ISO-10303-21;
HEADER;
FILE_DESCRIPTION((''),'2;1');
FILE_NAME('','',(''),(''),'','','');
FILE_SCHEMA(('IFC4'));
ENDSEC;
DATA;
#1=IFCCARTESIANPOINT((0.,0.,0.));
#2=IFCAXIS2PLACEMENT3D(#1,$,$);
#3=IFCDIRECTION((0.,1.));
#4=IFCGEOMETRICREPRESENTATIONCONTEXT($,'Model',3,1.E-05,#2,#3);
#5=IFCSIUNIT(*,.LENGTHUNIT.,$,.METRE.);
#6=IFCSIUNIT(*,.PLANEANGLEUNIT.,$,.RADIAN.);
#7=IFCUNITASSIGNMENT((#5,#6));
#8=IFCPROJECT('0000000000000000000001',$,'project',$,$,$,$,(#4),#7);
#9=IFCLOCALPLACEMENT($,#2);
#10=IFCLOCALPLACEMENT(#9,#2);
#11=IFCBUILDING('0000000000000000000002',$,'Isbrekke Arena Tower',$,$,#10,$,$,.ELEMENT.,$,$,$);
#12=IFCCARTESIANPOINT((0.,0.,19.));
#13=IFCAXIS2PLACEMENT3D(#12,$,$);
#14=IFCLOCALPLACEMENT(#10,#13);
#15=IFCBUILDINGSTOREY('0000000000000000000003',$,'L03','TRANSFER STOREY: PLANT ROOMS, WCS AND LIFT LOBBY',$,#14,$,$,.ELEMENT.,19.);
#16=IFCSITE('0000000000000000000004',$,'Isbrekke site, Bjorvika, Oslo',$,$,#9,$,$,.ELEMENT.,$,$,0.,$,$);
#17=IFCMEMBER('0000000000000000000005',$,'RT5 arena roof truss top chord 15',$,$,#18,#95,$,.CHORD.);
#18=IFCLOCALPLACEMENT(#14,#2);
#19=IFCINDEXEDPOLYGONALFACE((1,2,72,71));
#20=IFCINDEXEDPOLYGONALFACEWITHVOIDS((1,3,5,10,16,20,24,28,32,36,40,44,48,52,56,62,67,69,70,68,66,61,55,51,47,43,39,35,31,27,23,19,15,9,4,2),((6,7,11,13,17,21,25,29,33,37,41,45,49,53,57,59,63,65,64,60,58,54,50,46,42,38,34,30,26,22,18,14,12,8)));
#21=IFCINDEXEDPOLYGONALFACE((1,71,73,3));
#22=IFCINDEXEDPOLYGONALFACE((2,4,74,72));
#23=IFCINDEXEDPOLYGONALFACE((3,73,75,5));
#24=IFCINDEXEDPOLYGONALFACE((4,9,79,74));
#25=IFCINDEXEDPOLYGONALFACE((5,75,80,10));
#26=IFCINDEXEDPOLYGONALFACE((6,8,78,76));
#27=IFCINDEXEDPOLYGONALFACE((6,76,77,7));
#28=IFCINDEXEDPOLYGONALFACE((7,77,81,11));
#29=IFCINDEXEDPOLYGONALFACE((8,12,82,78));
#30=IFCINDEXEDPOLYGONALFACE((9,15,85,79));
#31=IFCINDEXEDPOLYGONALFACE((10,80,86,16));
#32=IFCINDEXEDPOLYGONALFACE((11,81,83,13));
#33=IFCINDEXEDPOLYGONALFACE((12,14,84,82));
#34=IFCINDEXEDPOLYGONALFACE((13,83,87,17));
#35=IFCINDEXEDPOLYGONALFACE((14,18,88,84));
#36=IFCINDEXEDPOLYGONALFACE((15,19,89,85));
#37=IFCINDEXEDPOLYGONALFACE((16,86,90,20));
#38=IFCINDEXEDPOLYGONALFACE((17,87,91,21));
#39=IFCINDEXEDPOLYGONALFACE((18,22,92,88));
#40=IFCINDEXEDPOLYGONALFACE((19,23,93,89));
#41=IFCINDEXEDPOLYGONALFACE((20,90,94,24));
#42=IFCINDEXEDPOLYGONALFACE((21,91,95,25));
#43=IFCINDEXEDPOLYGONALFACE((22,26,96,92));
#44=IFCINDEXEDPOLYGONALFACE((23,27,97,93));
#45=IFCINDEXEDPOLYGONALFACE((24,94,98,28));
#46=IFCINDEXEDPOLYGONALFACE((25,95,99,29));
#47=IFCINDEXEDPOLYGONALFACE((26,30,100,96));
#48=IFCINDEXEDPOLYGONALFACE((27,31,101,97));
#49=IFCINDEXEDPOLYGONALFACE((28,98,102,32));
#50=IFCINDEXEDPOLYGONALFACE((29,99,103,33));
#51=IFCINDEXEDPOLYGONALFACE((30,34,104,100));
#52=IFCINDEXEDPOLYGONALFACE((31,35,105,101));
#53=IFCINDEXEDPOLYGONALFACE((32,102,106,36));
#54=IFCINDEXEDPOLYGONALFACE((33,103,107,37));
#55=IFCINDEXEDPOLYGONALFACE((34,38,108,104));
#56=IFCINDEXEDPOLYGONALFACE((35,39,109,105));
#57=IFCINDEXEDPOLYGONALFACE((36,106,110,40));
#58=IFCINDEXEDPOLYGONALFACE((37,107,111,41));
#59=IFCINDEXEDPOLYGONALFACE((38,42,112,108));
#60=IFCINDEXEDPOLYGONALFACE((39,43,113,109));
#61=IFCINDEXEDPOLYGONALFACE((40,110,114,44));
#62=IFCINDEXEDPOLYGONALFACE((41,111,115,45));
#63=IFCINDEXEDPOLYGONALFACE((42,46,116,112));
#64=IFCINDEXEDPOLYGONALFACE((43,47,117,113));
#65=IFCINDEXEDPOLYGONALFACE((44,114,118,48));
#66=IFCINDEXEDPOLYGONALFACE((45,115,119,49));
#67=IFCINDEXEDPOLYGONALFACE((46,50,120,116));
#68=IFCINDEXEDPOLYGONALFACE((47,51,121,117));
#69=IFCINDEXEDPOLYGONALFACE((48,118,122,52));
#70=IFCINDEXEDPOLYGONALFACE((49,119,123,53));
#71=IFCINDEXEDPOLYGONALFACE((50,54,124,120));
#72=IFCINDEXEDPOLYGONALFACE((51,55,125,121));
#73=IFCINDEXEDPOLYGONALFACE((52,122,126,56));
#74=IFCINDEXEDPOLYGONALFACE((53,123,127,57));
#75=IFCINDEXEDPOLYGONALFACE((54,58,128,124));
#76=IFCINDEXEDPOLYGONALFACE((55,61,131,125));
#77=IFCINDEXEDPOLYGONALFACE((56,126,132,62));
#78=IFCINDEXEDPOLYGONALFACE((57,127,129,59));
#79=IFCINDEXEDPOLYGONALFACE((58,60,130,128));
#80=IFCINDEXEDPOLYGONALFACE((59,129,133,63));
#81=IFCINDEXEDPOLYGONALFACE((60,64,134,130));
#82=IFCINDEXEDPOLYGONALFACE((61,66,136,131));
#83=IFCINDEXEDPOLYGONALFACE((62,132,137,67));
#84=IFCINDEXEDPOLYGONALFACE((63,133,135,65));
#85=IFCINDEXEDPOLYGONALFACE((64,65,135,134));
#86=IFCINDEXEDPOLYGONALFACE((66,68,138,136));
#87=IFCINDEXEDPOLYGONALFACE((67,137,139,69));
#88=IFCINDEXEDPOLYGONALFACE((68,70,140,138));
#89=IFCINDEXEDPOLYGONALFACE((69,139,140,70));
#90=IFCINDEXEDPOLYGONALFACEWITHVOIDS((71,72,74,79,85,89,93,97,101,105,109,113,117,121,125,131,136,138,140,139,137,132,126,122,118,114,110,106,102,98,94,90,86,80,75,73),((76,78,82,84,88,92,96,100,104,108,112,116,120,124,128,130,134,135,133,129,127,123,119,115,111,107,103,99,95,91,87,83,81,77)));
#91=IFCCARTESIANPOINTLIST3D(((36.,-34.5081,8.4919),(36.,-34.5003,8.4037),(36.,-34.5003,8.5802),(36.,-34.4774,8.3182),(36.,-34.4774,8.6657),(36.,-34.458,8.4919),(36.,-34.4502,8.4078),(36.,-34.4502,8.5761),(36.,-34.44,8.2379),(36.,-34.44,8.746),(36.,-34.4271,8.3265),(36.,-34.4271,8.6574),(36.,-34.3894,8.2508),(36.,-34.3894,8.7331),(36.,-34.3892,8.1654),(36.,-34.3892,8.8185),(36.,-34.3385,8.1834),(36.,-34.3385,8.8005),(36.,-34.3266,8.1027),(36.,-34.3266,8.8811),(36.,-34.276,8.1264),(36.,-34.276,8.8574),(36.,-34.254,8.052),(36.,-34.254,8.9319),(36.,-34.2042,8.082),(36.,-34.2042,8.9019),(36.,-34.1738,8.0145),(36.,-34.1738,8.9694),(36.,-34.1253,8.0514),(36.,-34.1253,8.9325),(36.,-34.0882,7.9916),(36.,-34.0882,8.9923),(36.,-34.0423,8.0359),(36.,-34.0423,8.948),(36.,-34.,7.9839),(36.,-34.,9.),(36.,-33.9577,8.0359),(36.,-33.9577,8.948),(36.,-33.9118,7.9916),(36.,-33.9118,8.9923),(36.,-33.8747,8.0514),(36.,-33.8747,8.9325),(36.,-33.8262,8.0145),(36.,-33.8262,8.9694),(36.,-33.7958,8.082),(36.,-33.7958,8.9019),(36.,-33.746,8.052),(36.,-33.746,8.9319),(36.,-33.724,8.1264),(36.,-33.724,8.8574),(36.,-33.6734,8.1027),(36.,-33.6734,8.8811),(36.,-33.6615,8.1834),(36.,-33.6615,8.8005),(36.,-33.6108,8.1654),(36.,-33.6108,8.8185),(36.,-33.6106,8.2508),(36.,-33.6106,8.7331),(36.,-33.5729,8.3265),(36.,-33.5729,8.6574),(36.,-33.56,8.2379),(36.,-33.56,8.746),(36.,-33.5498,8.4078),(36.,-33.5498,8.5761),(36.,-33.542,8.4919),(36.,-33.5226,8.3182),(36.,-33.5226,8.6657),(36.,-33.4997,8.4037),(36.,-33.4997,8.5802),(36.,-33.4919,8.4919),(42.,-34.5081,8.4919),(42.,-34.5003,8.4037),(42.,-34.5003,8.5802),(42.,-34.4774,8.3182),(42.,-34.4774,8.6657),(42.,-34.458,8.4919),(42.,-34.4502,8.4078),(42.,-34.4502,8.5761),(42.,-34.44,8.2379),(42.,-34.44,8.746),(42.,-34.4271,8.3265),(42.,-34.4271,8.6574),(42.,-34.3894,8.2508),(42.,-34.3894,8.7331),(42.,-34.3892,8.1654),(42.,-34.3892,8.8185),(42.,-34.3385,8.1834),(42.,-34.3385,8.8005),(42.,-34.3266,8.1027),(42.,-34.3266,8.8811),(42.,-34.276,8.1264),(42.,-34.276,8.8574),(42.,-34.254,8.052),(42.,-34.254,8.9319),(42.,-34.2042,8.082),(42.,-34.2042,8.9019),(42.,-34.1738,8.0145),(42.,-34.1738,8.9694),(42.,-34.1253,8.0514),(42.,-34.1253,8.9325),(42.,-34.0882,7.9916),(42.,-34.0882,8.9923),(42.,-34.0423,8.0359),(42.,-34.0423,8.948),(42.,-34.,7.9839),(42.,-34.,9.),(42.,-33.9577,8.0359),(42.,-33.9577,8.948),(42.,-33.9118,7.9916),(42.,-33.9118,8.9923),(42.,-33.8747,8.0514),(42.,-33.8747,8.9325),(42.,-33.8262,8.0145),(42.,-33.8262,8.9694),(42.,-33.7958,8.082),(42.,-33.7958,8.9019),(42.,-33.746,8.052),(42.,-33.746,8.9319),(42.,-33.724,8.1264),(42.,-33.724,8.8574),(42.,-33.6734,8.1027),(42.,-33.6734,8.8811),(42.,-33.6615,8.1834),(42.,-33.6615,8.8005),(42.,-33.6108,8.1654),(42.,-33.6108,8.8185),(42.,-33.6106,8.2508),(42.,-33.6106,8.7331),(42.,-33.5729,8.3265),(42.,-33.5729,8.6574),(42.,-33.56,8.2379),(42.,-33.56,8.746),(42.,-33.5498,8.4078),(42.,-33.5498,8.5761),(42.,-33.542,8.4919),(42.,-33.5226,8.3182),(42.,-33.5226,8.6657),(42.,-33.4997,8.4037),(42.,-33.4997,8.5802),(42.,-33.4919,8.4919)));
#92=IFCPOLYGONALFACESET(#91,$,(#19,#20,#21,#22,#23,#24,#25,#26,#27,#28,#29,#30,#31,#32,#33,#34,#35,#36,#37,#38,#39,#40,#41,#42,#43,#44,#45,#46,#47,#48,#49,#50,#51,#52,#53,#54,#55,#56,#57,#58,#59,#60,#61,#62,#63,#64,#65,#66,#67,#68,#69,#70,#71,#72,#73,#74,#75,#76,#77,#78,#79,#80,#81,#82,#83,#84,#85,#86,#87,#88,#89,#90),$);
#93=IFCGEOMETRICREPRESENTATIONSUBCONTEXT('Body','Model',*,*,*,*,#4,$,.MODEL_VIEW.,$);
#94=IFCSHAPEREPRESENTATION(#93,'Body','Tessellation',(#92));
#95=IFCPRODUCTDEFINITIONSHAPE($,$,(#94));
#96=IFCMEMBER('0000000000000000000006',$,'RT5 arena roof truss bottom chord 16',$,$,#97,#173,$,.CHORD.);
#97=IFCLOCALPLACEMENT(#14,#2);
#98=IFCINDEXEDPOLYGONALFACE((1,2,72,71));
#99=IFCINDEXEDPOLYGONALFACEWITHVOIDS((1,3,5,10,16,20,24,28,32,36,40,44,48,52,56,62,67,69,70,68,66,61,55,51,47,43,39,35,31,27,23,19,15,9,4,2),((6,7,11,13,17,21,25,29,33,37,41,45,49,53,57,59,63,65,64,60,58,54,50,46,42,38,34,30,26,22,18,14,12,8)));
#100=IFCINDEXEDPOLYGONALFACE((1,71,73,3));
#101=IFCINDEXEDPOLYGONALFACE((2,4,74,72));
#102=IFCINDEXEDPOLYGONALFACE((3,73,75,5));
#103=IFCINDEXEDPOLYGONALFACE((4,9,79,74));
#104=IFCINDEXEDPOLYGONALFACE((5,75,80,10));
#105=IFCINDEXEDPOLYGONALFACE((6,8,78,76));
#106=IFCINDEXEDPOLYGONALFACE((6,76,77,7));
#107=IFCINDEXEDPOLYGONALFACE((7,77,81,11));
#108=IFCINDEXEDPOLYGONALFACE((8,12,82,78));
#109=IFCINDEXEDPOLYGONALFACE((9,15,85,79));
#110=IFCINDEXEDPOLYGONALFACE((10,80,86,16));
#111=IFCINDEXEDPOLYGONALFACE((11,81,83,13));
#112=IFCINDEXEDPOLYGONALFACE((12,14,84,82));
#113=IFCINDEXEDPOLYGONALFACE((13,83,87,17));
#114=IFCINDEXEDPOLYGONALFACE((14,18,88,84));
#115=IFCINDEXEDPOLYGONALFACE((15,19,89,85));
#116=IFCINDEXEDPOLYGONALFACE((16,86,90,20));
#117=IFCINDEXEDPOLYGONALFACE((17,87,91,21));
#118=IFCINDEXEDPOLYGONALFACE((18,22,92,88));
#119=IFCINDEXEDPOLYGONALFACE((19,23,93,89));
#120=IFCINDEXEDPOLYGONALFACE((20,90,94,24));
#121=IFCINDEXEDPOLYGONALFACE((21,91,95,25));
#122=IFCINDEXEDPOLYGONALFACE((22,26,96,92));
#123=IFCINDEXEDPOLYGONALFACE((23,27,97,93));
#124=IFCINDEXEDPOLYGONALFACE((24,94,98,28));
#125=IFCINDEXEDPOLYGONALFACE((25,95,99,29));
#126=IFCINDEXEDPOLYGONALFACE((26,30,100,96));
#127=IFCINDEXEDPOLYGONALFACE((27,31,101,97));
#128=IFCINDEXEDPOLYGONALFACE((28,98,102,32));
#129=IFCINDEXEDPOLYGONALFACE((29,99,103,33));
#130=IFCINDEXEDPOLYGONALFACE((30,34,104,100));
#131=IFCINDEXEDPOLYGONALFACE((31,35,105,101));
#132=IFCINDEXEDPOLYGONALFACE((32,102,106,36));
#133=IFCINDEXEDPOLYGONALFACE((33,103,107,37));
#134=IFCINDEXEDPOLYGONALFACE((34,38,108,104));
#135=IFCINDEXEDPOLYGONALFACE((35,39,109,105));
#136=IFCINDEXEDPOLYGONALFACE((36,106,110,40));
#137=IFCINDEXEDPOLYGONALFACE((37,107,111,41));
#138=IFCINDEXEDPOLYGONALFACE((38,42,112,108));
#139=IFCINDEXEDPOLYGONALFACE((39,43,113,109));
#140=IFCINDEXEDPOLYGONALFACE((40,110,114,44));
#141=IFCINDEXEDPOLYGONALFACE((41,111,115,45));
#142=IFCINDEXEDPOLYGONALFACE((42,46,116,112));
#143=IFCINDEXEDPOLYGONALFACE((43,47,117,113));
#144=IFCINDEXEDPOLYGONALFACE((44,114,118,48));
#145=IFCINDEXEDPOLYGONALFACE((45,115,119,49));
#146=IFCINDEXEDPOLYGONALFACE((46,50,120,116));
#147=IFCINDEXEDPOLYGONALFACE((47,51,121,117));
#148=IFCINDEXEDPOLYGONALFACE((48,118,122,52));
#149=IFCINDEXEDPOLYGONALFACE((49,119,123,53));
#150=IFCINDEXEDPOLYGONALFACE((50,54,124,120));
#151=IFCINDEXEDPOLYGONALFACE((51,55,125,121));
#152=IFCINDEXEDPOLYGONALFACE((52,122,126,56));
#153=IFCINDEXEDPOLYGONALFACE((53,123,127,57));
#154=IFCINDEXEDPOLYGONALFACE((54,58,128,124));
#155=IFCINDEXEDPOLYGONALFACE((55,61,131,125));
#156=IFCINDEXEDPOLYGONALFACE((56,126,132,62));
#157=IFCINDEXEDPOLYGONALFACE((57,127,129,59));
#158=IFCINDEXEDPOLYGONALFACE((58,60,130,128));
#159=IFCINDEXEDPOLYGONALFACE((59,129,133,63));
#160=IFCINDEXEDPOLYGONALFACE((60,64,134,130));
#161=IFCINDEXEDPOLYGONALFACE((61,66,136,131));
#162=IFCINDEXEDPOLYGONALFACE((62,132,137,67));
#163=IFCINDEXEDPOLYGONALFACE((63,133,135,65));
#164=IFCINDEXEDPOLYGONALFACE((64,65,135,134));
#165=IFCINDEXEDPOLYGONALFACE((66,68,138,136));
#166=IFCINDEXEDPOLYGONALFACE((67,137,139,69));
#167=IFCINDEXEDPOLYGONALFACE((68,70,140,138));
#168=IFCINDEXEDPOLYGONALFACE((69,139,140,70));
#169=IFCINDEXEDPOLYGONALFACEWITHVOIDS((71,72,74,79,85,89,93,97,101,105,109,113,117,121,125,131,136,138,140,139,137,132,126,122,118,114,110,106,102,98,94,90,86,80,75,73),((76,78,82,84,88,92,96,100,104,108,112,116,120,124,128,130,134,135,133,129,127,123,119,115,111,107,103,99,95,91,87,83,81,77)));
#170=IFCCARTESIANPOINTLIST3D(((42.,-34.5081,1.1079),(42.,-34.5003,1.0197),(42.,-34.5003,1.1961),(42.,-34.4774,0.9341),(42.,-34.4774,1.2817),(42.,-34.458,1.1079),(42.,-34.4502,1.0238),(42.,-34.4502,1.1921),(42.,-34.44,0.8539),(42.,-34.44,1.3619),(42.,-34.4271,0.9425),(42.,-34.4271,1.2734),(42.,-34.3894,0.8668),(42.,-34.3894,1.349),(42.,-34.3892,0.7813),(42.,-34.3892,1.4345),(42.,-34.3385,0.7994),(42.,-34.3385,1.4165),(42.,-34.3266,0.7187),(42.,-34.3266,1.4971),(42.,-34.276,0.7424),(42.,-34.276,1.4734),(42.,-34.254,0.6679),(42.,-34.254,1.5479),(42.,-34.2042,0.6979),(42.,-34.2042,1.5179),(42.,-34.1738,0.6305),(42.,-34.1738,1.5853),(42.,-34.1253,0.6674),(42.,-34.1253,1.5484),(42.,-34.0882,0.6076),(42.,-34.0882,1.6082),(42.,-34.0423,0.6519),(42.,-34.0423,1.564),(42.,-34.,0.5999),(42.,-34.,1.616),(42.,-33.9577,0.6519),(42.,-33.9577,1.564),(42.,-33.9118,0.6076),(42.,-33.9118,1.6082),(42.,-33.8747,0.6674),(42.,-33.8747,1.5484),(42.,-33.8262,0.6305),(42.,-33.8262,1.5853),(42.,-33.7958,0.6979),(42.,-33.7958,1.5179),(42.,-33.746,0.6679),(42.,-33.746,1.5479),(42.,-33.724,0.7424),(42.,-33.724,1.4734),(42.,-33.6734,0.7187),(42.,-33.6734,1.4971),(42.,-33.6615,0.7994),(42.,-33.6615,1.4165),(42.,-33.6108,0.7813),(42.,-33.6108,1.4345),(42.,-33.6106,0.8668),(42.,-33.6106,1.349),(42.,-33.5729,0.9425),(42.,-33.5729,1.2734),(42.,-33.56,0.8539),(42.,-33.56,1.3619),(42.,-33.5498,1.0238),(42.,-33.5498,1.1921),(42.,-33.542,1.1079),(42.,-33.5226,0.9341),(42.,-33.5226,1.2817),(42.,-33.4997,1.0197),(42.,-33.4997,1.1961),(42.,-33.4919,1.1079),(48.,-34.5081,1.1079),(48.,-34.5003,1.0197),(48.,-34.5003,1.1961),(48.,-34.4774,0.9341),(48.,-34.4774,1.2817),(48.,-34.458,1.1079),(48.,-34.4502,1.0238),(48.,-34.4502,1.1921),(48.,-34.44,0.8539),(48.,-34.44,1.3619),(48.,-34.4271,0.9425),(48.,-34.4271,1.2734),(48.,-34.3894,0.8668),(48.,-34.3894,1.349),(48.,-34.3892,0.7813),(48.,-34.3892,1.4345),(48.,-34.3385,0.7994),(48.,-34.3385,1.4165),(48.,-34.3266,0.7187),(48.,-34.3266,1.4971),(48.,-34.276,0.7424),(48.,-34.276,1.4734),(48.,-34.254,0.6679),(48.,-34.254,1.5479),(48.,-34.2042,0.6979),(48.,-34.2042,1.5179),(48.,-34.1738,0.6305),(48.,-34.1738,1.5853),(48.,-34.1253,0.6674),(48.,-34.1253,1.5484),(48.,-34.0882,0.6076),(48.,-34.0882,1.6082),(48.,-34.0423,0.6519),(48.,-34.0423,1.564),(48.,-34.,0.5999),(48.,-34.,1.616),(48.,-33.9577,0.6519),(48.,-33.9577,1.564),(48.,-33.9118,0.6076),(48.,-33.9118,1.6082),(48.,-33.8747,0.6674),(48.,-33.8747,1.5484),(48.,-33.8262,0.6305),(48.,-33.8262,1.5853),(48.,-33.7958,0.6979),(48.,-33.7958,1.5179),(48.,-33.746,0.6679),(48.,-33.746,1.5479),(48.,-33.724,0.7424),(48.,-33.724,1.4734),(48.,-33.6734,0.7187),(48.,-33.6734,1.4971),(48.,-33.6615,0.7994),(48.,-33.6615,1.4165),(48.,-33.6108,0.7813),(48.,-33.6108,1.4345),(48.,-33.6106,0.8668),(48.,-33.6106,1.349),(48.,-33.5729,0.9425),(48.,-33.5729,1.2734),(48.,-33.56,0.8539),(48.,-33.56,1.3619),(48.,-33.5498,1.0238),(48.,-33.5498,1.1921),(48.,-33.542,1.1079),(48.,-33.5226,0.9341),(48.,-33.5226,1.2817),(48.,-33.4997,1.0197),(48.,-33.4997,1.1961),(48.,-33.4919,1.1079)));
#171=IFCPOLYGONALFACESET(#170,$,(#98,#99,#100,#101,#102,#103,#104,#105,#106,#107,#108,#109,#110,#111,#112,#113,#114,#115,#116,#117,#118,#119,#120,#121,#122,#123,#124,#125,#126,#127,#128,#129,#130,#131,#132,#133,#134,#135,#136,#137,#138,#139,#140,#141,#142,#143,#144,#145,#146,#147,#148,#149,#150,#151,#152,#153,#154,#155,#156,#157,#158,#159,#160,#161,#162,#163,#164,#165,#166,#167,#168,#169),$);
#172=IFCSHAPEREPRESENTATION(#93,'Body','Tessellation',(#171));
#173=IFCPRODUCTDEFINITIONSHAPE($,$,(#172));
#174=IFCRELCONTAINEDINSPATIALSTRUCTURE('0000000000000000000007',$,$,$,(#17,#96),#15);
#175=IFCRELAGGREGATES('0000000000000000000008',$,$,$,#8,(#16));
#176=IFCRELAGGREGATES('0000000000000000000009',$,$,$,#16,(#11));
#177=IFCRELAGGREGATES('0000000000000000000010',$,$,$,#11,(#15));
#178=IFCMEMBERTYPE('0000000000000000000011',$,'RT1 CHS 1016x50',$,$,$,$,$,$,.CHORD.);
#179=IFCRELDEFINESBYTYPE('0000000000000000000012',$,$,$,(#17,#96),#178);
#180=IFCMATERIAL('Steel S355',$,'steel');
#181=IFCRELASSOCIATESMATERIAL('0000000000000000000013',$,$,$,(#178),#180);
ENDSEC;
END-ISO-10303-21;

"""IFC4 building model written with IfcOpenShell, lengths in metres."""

from ifc_helpers import new_model, si_unit, direction, frame, origin, origin_2d, place, context, subcontext, project, spatial, hollow_circle, extrude, material, material_profile, profile_set, type_object, element, save


model = new_model("IFC4")

# Units and contexts
model_context = context("Model", 3, precision=1e-05, world=origin(), true_north=direction((0.0, 1.0)))
body_context = subcontext(model_context, "Body", "Model", "MODEL_VIEW")
ifc_project = project(units=[si_unit("LENGTHUNIT", "METRE"), si_unit("PLANEANGLEUNIT", "RADIAN")], contexts=[model_context])

# Site, building, storey
site_placement = place(None, origin())
site = spatial("IfcSite", under=ifc_project, at=site_placement, Name="Isbrekke site, Bjorvika, Oslo", CompositionType="ELEMENT", RefElevation=0.0)
building_placement = place(site_placement, origin())
building = spatial("IfcBuilding", under=site, at=building_placement, Name="Isbrekke Arena Tower", CompositionType="ELEMENT")
storey_placement = place(building_placement, frame((0.0, 0.0, 19.0)))
storey = spatial("IfcBuildingStorey", under=building, at=storey_placement, Name="L03", Description="TRANSFER STOREY: PLANT ROOMS, WCS AND LIFT LOBBY", CompositionType="ELEMENT", Elevation=19.0)

# Members
ifc_material_1 = material(Name="Steel S355", Category="steel")
ifc_material_profile_1 = material_profile(ifc_material_1, hollow_circle(Radius=0.5081, WallThickness=0.05, at=origin_2d()), Name="CHS 1016x50")
ifc_profile_set_1 = profile_set([ifc_material_profile_1], Name="Steel S355")
member_type_1 = type_object("IfcMemberType", Name="RT1 CHS 1016x50", PredefinedType="CHORD", material=ifc_profile_set_1)
for number, where, z_axis, x_axis, name in (
    (1, (36.0, -34.0, 8.4919), (1.0, 0.0, 0.0), (0.0, 1.0, 0.0), "RT5 arena roof truss top chord 15"),
    (2, (42.0, -34.0, 1.1079), (1.0, 0.0, 0.0), (0.0, 1.0, 0.0), "RT5 arena roof truss bottom chord 16"),
):
    element("IfcMember", number, at=place(storey_placement, frame(where, z_axis=z_axis, x_axis=x_axis)), inside=storey, type_object=member_type_1, Name=name, PredefinedType="CHORD", context=body_context, shape_type="SweptSolid", body=[
        extrude(hollow_circle(Radius=0.5081, WallThickness=0.05, at=origin_2d()), origin(), (0.0, 0.0, 1.0), 6.0),
    ])

save(model, "model.ifc")
